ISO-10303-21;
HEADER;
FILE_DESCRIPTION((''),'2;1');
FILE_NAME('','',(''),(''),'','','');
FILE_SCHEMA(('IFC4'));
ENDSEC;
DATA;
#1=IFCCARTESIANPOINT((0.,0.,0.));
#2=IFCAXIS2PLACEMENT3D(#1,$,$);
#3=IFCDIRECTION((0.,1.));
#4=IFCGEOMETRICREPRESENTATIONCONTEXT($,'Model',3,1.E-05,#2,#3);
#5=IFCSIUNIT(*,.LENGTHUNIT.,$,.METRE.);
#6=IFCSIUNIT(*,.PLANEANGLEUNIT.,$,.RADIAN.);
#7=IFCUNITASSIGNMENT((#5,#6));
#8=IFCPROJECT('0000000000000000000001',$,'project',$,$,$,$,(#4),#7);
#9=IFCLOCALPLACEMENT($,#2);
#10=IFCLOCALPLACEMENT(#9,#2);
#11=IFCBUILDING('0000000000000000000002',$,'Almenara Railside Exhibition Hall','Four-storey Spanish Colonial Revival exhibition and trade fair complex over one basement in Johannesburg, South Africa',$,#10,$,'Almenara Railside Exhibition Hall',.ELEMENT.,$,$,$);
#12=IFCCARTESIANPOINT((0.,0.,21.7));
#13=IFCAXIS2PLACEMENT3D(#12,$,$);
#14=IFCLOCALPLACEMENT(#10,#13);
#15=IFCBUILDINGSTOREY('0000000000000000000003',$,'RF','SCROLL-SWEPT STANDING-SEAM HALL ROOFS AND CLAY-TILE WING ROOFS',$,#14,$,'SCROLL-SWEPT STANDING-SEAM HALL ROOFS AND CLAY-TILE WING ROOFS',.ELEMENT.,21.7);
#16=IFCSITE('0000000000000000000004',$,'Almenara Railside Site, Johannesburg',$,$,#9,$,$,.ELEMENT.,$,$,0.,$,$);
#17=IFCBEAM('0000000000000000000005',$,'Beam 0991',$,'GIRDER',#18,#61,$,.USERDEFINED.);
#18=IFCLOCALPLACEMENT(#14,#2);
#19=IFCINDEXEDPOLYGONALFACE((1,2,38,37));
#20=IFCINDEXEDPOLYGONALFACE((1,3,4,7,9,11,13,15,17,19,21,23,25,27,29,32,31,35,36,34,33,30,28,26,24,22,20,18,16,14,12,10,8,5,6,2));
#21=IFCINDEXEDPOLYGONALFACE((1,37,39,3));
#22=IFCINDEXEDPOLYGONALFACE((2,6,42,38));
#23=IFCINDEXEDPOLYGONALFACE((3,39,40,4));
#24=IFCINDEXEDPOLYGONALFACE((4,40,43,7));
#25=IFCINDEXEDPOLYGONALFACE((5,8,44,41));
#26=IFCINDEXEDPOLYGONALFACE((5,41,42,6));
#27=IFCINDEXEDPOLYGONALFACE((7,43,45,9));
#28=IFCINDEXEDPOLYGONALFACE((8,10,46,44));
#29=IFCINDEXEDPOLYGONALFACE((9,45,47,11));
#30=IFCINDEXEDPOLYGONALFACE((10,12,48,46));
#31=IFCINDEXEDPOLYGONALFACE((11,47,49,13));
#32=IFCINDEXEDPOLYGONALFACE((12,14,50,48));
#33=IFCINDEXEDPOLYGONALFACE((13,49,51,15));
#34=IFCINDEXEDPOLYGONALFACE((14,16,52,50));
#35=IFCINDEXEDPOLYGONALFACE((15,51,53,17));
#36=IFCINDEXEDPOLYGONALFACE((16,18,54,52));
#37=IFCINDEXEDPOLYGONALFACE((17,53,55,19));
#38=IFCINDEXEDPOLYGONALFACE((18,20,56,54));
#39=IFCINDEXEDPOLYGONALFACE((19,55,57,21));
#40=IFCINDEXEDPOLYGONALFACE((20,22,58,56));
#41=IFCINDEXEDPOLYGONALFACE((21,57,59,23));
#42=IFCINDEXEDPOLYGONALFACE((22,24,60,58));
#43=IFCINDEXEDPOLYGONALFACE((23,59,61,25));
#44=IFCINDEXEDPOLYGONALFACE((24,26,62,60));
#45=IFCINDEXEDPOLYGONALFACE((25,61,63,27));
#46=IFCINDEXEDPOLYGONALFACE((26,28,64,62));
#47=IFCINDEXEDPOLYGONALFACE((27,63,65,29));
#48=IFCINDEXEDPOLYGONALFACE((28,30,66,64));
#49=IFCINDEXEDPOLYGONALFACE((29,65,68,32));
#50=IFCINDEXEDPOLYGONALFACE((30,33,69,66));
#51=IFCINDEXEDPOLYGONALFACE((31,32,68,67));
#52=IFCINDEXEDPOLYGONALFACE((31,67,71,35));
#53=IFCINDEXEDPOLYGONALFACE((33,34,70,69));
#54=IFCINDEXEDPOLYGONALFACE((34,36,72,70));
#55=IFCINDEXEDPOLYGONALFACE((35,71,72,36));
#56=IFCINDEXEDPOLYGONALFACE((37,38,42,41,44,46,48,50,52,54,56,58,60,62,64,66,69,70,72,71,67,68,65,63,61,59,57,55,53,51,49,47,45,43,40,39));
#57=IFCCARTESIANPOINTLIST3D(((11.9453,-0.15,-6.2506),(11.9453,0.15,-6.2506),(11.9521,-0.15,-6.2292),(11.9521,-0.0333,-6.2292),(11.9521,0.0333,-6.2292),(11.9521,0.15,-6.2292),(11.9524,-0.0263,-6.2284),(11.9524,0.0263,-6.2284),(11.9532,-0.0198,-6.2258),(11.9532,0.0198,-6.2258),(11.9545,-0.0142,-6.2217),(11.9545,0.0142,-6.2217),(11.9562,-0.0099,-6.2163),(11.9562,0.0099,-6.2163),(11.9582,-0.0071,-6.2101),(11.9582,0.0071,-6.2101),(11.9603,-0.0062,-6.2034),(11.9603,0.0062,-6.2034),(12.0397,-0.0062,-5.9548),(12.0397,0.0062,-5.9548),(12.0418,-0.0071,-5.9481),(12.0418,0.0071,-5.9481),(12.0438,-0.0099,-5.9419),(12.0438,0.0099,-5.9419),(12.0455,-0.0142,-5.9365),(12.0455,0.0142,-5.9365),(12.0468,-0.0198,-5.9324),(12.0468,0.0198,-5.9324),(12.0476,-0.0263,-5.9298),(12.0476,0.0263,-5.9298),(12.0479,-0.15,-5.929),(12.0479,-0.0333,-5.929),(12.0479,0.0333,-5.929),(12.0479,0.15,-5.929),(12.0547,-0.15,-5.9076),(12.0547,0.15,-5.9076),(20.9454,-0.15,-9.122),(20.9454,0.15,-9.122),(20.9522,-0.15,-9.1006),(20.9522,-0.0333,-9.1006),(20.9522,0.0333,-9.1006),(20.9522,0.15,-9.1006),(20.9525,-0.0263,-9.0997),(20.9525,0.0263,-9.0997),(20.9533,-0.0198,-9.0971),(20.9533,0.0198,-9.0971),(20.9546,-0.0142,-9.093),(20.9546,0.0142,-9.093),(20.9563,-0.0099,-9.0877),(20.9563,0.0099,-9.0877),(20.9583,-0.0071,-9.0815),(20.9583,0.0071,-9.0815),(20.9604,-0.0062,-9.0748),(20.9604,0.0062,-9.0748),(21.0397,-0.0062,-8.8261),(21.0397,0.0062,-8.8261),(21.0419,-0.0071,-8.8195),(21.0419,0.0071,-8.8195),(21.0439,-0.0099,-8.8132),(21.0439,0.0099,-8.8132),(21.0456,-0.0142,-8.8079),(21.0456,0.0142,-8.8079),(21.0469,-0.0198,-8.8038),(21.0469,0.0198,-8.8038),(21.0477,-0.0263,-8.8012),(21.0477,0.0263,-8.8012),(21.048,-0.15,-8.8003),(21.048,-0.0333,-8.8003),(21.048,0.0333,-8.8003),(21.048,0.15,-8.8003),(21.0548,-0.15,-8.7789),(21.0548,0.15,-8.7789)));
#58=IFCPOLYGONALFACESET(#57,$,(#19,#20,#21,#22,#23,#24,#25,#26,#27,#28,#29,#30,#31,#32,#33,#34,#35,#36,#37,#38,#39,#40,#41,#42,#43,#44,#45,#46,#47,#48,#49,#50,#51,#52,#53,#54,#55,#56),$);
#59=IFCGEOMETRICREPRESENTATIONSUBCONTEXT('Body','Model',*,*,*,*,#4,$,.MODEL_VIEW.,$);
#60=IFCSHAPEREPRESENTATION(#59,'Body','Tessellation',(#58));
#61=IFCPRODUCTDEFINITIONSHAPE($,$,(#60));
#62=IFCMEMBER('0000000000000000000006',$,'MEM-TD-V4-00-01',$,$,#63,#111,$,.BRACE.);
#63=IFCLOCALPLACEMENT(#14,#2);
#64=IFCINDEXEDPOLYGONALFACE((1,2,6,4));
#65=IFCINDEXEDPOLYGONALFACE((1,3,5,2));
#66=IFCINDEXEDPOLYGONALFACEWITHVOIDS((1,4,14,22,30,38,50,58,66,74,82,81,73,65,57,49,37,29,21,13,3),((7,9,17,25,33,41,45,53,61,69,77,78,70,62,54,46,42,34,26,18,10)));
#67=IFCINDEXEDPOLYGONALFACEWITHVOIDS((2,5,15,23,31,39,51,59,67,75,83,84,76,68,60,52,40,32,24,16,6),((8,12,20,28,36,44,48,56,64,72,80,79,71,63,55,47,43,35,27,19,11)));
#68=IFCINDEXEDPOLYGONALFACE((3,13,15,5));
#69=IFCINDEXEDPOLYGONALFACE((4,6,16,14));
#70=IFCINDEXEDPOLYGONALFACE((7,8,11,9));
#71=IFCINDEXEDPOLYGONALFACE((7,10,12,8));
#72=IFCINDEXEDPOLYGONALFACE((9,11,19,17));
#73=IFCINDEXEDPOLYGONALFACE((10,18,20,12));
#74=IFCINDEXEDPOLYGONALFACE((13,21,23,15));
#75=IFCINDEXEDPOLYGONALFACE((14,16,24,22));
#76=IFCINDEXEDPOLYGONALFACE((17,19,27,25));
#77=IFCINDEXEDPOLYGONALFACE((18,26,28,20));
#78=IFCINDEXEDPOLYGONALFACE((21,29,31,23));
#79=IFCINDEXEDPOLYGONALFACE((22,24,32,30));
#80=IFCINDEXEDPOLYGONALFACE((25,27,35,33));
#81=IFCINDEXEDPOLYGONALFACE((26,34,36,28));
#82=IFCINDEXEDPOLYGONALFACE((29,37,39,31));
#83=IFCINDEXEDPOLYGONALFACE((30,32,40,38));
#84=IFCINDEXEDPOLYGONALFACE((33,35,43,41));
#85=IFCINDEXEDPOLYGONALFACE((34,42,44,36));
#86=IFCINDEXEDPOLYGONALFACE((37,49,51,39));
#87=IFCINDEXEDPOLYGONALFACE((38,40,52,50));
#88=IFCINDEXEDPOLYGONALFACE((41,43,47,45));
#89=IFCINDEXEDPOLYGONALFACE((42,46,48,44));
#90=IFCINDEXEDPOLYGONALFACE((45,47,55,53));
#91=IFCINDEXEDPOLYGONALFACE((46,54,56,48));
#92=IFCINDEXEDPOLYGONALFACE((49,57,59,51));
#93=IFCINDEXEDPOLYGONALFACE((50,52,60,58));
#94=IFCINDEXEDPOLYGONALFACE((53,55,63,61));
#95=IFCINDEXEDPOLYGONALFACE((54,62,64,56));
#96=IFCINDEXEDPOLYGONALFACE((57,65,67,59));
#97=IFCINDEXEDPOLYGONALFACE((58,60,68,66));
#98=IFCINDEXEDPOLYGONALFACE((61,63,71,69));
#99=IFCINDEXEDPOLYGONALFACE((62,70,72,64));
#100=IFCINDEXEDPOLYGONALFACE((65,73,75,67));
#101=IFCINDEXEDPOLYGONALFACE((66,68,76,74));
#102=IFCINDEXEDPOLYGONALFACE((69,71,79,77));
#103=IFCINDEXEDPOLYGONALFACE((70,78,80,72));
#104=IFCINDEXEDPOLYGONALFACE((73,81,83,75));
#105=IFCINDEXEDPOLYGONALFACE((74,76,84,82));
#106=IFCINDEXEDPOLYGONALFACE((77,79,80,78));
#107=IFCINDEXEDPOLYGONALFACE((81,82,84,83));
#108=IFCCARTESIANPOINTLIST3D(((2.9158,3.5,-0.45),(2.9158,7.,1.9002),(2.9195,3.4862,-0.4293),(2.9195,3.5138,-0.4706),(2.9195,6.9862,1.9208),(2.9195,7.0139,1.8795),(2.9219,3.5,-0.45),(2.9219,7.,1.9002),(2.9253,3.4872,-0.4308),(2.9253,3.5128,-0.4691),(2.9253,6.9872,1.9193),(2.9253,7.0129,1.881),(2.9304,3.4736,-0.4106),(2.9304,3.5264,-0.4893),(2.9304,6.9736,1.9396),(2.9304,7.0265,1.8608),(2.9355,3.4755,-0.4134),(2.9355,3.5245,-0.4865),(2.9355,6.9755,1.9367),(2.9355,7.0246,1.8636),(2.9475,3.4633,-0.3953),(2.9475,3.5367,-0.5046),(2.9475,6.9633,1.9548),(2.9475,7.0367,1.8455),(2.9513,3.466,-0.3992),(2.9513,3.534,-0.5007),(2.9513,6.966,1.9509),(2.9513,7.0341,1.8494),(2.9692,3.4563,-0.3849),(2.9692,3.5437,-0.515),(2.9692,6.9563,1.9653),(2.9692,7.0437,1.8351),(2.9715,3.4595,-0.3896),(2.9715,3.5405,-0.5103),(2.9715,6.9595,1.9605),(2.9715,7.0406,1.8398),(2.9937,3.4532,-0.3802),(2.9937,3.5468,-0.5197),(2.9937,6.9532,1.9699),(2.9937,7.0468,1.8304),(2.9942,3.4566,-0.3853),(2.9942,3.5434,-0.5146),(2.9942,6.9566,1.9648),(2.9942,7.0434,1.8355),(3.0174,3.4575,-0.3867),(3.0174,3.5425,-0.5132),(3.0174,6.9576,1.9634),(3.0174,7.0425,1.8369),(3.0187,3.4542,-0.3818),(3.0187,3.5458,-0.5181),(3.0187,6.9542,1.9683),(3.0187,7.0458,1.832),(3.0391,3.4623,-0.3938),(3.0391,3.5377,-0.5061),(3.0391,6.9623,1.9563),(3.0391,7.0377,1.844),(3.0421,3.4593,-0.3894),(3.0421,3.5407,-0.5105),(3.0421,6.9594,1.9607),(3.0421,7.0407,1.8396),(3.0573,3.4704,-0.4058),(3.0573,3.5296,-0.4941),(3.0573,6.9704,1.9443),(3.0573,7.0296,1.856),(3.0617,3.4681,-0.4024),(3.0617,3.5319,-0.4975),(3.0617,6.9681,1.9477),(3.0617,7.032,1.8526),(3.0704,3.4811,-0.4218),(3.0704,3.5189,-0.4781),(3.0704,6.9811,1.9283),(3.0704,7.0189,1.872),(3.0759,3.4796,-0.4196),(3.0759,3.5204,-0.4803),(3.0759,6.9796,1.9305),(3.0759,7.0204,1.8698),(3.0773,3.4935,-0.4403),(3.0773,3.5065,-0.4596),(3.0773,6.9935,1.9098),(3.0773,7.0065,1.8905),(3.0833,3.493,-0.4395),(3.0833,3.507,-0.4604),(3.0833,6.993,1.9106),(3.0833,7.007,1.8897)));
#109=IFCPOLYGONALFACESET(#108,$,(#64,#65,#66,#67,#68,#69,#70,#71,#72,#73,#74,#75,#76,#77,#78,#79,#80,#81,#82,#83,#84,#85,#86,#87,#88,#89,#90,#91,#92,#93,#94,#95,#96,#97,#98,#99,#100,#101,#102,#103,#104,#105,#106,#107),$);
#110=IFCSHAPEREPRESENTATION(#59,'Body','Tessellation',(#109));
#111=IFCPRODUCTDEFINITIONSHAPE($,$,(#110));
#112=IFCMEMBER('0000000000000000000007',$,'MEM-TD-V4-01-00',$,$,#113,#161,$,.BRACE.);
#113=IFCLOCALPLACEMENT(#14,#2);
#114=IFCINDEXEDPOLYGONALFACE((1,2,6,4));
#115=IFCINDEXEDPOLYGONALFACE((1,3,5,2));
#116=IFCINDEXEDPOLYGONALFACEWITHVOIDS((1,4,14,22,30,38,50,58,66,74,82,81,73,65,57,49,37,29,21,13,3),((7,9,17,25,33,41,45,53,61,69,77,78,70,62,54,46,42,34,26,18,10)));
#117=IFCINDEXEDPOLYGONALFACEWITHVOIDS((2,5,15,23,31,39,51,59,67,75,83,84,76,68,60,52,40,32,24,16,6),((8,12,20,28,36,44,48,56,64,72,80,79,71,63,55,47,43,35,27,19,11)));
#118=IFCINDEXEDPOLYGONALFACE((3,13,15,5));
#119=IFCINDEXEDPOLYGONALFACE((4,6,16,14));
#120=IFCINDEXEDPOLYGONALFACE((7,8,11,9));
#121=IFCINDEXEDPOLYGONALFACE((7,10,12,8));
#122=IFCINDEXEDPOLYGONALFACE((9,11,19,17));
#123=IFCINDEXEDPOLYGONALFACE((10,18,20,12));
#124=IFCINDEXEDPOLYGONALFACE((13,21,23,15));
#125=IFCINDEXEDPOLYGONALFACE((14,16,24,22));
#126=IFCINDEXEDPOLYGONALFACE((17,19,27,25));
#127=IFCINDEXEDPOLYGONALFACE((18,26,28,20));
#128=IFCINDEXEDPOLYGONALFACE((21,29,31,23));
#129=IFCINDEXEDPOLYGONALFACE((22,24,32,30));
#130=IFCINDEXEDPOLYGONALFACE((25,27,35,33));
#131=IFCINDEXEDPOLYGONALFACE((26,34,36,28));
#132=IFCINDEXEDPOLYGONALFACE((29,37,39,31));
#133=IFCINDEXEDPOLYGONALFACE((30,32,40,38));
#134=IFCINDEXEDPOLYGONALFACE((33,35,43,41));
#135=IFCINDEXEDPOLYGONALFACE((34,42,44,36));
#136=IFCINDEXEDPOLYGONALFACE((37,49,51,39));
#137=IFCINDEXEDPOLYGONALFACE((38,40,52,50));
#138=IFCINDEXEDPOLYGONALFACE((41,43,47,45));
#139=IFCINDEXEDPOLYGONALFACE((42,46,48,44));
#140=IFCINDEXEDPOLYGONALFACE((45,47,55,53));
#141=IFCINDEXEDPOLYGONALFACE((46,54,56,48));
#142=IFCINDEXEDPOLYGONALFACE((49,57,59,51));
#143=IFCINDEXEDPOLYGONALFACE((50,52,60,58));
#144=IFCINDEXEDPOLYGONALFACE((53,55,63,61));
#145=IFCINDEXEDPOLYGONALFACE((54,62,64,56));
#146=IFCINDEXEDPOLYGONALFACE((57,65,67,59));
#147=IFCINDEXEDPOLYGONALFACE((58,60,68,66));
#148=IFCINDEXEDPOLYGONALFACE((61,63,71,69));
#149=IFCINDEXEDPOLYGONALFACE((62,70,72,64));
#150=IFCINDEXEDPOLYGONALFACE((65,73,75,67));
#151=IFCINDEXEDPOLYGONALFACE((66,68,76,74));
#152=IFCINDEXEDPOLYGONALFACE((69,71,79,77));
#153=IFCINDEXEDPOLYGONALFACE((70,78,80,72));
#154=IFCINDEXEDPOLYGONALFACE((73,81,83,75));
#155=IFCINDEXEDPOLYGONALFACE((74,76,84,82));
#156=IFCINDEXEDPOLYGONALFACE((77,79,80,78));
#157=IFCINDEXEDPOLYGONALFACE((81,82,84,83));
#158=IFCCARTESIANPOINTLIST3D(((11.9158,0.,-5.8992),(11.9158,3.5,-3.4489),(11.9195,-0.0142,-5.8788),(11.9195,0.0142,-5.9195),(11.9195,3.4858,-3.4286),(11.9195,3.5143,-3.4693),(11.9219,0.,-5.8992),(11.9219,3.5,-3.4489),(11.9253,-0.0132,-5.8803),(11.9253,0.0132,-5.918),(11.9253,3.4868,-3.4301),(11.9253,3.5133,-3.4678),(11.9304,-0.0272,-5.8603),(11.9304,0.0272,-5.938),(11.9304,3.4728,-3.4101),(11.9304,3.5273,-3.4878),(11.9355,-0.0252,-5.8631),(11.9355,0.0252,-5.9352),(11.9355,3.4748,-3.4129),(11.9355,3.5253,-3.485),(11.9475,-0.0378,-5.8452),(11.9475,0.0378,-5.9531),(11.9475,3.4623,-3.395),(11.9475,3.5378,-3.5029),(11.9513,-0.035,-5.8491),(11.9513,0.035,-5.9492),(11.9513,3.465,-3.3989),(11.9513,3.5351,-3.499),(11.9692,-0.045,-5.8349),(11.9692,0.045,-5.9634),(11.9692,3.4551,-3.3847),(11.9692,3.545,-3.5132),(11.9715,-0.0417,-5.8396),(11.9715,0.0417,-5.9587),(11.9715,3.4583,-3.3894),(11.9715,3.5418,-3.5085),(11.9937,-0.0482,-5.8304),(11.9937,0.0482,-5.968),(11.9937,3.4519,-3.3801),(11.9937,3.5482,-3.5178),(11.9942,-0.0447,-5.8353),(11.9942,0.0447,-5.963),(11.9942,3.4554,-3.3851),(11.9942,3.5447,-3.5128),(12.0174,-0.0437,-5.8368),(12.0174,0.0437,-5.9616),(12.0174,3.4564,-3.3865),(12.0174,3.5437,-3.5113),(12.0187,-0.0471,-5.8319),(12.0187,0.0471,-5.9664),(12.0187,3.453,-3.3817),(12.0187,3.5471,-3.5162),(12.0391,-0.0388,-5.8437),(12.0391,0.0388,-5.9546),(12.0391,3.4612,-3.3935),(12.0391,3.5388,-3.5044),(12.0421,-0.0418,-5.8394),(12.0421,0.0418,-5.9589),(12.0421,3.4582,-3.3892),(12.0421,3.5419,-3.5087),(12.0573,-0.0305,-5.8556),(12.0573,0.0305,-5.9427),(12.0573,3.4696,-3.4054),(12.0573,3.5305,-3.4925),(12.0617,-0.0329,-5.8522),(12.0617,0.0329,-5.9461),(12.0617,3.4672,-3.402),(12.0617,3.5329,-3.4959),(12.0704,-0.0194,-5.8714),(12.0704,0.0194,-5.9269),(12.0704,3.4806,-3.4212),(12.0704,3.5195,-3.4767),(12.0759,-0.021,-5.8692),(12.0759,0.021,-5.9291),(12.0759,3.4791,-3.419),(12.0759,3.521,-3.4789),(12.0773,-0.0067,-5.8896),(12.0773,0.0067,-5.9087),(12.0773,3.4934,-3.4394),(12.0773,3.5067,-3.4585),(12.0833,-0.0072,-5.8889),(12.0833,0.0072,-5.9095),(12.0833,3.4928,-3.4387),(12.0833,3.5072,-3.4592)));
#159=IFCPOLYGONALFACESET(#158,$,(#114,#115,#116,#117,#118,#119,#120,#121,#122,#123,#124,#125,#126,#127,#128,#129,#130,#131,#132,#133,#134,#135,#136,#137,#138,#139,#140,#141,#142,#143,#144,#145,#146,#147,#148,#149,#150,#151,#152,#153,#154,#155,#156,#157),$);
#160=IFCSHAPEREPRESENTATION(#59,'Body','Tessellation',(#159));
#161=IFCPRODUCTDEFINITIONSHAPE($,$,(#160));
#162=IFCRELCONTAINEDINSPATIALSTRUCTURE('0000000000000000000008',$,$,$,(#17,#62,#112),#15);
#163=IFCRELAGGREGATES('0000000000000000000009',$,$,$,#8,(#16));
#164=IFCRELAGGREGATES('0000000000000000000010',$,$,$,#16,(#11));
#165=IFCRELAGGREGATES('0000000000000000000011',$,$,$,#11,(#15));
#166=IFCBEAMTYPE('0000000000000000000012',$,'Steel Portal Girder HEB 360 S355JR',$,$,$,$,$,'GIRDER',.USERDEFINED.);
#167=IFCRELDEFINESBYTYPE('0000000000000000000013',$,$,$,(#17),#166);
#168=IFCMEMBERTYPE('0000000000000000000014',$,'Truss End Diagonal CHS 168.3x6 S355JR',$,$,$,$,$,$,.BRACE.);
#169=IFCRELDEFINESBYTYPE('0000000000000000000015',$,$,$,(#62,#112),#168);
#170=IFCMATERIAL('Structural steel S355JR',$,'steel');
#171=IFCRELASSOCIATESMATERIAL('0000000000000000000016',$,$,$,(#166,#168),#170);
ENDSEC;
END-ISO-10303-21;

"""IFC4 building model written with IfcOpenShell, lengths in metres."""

from ifc_helpers import new_model, si_unit, direction, frame, origin, origin_2d, place, context, subcontext, project, spatial, hollow_circle, i_section, extrude, material, material_profile, profile_set, type_object, element, save


model = new_model("IFC4")

# Units and contexts
model_context = context("Model", 3, precision=1e-05, world=origin(), true_north=direction((0.0, 1.0)))
body_context = subcontext(model_context, "Body", "Model", "MODEL_VIEW")
ifc_project = project(units=[si_unit("LENGTHUNIT", "METRE"), si_unit("PLANEANGLEUNIT", "RADIAN")], contexts=[model_context])

# Site, building, storey
site_placement = place(None, origin())
site = spatial("IfcSite", under=ifc_project, at=site_placement, Name="Almenara Railside Site, Johannesburg", CompositionType="ELEMENT", RefElevation=0.0)
building_placement = place(site_placement, origin())
building = spatial("IfcBuilding", under=site, at=building_placement, Name="Almenara Railside Exhibition Hall", Description="Four-storey Spanish Colonial Revival exhibition and trade fair complex over one basement in Johannesburg, South Africa", LongName="Almenara Railside Exhibition Hall", CompositionType="ELEMENT")
storey_placement = place(building_placement, frame((0.0, 0.0, 21.7)))
storey = spatial("IfcBuildingStorey", under=building, at=storey_placement, Name="RF", Description="SCROLL-SWEPT STANDING-SEAM HALL ROOFS AND CLAY-TILE WING ROOFS", LongName="SCROLL-SWEPT STANDING-SEAM HALL ROOFS AND CLAY-TILE WING ROOFS", CompositionType="ELEMENT", Elevation=21.7)

# Shared definitions
ifc_material = material(Name="Structural steel S355JR", Category="steel")

# Beam
ifc_material_profile_1 = material_profile(ifc_material, i_section(OverallWidth=0.3, OverallDepth=0.3601, WebThickness=0.0125, FlangeThickness=0.0225, FilletRadius=0.0271, at=origin_2d()), Name="HEB 360")
ifc_profile_set_1 = profile_set([ifc_material_profile_1], Name="Structural steel S355JR")
beam_type = type_object("IfcBeamType", Name="Steel Portal Girder HEB 360 S355JR", ElementType="GIRDER", PredefinedType="USERDEFINED", material=ifc_profile_set_1)
beam_placement = place(storey_placement, frame((12.0, 0.0, -6.0791), z_axis=(0.95269, 0.0, -0.303944), x_axis=(0.0, 1.0, 0.0)))
element("IfcBeam", 1, at=beam_placement, inside=storey, type_object=beam_type, Name="Beam 0991", ObjectType="GIRDER", PredefinedType="USERDEFINED", context=body_context, shape_type="SweptSolid", body=[
    extrude(i_section(OverallWidth=0.3, OverallDepth=0.3601, WebThickness=0.0125, FlangeThickness=0.0225, FilletRadius=0.0271, at=origin_2d()), origin(), (0.0, 0.0, 1.0), 9.447),
])

# Members
ifc_material_profile_2 = material_profile(ifc_material, hollow_circle(Radius=0.0842, WallThickness=0.0061, at=origin_2d()), Name="CHS 168.3x6")
ifc_profile_set_2 = profile_set([ifc_material_profile_2], Name="Structural steel S355JR")
member_type_1 = type_object("IfcMemberType", Name="Truss End Diagonal CHS 168.3x6 S355JR", PredefinedType="BRACE", material=ifc_profile_set_2)
member_1_placement = place(storey_placement, frame((3.0, 3.5, -0.45), z_axis=(0.0, 0.83021, 0.55745), x_axis=(-1.0, 0.0, 0.0)))
element("IfcMember", 2, at=member_1_placement, inside=storey, type_object=member_type_1, Name="MEM-TD-V4-00-01", PredefinedType="BRACE", context=body_context, shape_type="SweptSolid", body=[
    extrude(hollow_circle(Radius=0.0842, WallThickness=0.0061, at=origin_2d()), origin(), (0.0, 0.0, 1.0), 4.2158),
])
member_2_placement = place(storey_placement, frame((12.0, 0.0, -5.8992), z_axis=(0.0, 0.81921, 0.573493), x_axis=(-1.0, 0.0, 0.0)))
element("IfcMember", 3, at=member_2_placement, inside=storey, type_object=member_type_1, Name="MEM-TD-V4-01-00", PredefinedType="BRACE", context=body_context, shape_type="SweptSolid", body=[
    extrude(hollow_circle(Radius=0.0842, WallThickness=0.0061, at=origin_2d()), origin(), (0.0, 0.0, 1.0), 4.2725),
])

save(model, "model.ifc")
